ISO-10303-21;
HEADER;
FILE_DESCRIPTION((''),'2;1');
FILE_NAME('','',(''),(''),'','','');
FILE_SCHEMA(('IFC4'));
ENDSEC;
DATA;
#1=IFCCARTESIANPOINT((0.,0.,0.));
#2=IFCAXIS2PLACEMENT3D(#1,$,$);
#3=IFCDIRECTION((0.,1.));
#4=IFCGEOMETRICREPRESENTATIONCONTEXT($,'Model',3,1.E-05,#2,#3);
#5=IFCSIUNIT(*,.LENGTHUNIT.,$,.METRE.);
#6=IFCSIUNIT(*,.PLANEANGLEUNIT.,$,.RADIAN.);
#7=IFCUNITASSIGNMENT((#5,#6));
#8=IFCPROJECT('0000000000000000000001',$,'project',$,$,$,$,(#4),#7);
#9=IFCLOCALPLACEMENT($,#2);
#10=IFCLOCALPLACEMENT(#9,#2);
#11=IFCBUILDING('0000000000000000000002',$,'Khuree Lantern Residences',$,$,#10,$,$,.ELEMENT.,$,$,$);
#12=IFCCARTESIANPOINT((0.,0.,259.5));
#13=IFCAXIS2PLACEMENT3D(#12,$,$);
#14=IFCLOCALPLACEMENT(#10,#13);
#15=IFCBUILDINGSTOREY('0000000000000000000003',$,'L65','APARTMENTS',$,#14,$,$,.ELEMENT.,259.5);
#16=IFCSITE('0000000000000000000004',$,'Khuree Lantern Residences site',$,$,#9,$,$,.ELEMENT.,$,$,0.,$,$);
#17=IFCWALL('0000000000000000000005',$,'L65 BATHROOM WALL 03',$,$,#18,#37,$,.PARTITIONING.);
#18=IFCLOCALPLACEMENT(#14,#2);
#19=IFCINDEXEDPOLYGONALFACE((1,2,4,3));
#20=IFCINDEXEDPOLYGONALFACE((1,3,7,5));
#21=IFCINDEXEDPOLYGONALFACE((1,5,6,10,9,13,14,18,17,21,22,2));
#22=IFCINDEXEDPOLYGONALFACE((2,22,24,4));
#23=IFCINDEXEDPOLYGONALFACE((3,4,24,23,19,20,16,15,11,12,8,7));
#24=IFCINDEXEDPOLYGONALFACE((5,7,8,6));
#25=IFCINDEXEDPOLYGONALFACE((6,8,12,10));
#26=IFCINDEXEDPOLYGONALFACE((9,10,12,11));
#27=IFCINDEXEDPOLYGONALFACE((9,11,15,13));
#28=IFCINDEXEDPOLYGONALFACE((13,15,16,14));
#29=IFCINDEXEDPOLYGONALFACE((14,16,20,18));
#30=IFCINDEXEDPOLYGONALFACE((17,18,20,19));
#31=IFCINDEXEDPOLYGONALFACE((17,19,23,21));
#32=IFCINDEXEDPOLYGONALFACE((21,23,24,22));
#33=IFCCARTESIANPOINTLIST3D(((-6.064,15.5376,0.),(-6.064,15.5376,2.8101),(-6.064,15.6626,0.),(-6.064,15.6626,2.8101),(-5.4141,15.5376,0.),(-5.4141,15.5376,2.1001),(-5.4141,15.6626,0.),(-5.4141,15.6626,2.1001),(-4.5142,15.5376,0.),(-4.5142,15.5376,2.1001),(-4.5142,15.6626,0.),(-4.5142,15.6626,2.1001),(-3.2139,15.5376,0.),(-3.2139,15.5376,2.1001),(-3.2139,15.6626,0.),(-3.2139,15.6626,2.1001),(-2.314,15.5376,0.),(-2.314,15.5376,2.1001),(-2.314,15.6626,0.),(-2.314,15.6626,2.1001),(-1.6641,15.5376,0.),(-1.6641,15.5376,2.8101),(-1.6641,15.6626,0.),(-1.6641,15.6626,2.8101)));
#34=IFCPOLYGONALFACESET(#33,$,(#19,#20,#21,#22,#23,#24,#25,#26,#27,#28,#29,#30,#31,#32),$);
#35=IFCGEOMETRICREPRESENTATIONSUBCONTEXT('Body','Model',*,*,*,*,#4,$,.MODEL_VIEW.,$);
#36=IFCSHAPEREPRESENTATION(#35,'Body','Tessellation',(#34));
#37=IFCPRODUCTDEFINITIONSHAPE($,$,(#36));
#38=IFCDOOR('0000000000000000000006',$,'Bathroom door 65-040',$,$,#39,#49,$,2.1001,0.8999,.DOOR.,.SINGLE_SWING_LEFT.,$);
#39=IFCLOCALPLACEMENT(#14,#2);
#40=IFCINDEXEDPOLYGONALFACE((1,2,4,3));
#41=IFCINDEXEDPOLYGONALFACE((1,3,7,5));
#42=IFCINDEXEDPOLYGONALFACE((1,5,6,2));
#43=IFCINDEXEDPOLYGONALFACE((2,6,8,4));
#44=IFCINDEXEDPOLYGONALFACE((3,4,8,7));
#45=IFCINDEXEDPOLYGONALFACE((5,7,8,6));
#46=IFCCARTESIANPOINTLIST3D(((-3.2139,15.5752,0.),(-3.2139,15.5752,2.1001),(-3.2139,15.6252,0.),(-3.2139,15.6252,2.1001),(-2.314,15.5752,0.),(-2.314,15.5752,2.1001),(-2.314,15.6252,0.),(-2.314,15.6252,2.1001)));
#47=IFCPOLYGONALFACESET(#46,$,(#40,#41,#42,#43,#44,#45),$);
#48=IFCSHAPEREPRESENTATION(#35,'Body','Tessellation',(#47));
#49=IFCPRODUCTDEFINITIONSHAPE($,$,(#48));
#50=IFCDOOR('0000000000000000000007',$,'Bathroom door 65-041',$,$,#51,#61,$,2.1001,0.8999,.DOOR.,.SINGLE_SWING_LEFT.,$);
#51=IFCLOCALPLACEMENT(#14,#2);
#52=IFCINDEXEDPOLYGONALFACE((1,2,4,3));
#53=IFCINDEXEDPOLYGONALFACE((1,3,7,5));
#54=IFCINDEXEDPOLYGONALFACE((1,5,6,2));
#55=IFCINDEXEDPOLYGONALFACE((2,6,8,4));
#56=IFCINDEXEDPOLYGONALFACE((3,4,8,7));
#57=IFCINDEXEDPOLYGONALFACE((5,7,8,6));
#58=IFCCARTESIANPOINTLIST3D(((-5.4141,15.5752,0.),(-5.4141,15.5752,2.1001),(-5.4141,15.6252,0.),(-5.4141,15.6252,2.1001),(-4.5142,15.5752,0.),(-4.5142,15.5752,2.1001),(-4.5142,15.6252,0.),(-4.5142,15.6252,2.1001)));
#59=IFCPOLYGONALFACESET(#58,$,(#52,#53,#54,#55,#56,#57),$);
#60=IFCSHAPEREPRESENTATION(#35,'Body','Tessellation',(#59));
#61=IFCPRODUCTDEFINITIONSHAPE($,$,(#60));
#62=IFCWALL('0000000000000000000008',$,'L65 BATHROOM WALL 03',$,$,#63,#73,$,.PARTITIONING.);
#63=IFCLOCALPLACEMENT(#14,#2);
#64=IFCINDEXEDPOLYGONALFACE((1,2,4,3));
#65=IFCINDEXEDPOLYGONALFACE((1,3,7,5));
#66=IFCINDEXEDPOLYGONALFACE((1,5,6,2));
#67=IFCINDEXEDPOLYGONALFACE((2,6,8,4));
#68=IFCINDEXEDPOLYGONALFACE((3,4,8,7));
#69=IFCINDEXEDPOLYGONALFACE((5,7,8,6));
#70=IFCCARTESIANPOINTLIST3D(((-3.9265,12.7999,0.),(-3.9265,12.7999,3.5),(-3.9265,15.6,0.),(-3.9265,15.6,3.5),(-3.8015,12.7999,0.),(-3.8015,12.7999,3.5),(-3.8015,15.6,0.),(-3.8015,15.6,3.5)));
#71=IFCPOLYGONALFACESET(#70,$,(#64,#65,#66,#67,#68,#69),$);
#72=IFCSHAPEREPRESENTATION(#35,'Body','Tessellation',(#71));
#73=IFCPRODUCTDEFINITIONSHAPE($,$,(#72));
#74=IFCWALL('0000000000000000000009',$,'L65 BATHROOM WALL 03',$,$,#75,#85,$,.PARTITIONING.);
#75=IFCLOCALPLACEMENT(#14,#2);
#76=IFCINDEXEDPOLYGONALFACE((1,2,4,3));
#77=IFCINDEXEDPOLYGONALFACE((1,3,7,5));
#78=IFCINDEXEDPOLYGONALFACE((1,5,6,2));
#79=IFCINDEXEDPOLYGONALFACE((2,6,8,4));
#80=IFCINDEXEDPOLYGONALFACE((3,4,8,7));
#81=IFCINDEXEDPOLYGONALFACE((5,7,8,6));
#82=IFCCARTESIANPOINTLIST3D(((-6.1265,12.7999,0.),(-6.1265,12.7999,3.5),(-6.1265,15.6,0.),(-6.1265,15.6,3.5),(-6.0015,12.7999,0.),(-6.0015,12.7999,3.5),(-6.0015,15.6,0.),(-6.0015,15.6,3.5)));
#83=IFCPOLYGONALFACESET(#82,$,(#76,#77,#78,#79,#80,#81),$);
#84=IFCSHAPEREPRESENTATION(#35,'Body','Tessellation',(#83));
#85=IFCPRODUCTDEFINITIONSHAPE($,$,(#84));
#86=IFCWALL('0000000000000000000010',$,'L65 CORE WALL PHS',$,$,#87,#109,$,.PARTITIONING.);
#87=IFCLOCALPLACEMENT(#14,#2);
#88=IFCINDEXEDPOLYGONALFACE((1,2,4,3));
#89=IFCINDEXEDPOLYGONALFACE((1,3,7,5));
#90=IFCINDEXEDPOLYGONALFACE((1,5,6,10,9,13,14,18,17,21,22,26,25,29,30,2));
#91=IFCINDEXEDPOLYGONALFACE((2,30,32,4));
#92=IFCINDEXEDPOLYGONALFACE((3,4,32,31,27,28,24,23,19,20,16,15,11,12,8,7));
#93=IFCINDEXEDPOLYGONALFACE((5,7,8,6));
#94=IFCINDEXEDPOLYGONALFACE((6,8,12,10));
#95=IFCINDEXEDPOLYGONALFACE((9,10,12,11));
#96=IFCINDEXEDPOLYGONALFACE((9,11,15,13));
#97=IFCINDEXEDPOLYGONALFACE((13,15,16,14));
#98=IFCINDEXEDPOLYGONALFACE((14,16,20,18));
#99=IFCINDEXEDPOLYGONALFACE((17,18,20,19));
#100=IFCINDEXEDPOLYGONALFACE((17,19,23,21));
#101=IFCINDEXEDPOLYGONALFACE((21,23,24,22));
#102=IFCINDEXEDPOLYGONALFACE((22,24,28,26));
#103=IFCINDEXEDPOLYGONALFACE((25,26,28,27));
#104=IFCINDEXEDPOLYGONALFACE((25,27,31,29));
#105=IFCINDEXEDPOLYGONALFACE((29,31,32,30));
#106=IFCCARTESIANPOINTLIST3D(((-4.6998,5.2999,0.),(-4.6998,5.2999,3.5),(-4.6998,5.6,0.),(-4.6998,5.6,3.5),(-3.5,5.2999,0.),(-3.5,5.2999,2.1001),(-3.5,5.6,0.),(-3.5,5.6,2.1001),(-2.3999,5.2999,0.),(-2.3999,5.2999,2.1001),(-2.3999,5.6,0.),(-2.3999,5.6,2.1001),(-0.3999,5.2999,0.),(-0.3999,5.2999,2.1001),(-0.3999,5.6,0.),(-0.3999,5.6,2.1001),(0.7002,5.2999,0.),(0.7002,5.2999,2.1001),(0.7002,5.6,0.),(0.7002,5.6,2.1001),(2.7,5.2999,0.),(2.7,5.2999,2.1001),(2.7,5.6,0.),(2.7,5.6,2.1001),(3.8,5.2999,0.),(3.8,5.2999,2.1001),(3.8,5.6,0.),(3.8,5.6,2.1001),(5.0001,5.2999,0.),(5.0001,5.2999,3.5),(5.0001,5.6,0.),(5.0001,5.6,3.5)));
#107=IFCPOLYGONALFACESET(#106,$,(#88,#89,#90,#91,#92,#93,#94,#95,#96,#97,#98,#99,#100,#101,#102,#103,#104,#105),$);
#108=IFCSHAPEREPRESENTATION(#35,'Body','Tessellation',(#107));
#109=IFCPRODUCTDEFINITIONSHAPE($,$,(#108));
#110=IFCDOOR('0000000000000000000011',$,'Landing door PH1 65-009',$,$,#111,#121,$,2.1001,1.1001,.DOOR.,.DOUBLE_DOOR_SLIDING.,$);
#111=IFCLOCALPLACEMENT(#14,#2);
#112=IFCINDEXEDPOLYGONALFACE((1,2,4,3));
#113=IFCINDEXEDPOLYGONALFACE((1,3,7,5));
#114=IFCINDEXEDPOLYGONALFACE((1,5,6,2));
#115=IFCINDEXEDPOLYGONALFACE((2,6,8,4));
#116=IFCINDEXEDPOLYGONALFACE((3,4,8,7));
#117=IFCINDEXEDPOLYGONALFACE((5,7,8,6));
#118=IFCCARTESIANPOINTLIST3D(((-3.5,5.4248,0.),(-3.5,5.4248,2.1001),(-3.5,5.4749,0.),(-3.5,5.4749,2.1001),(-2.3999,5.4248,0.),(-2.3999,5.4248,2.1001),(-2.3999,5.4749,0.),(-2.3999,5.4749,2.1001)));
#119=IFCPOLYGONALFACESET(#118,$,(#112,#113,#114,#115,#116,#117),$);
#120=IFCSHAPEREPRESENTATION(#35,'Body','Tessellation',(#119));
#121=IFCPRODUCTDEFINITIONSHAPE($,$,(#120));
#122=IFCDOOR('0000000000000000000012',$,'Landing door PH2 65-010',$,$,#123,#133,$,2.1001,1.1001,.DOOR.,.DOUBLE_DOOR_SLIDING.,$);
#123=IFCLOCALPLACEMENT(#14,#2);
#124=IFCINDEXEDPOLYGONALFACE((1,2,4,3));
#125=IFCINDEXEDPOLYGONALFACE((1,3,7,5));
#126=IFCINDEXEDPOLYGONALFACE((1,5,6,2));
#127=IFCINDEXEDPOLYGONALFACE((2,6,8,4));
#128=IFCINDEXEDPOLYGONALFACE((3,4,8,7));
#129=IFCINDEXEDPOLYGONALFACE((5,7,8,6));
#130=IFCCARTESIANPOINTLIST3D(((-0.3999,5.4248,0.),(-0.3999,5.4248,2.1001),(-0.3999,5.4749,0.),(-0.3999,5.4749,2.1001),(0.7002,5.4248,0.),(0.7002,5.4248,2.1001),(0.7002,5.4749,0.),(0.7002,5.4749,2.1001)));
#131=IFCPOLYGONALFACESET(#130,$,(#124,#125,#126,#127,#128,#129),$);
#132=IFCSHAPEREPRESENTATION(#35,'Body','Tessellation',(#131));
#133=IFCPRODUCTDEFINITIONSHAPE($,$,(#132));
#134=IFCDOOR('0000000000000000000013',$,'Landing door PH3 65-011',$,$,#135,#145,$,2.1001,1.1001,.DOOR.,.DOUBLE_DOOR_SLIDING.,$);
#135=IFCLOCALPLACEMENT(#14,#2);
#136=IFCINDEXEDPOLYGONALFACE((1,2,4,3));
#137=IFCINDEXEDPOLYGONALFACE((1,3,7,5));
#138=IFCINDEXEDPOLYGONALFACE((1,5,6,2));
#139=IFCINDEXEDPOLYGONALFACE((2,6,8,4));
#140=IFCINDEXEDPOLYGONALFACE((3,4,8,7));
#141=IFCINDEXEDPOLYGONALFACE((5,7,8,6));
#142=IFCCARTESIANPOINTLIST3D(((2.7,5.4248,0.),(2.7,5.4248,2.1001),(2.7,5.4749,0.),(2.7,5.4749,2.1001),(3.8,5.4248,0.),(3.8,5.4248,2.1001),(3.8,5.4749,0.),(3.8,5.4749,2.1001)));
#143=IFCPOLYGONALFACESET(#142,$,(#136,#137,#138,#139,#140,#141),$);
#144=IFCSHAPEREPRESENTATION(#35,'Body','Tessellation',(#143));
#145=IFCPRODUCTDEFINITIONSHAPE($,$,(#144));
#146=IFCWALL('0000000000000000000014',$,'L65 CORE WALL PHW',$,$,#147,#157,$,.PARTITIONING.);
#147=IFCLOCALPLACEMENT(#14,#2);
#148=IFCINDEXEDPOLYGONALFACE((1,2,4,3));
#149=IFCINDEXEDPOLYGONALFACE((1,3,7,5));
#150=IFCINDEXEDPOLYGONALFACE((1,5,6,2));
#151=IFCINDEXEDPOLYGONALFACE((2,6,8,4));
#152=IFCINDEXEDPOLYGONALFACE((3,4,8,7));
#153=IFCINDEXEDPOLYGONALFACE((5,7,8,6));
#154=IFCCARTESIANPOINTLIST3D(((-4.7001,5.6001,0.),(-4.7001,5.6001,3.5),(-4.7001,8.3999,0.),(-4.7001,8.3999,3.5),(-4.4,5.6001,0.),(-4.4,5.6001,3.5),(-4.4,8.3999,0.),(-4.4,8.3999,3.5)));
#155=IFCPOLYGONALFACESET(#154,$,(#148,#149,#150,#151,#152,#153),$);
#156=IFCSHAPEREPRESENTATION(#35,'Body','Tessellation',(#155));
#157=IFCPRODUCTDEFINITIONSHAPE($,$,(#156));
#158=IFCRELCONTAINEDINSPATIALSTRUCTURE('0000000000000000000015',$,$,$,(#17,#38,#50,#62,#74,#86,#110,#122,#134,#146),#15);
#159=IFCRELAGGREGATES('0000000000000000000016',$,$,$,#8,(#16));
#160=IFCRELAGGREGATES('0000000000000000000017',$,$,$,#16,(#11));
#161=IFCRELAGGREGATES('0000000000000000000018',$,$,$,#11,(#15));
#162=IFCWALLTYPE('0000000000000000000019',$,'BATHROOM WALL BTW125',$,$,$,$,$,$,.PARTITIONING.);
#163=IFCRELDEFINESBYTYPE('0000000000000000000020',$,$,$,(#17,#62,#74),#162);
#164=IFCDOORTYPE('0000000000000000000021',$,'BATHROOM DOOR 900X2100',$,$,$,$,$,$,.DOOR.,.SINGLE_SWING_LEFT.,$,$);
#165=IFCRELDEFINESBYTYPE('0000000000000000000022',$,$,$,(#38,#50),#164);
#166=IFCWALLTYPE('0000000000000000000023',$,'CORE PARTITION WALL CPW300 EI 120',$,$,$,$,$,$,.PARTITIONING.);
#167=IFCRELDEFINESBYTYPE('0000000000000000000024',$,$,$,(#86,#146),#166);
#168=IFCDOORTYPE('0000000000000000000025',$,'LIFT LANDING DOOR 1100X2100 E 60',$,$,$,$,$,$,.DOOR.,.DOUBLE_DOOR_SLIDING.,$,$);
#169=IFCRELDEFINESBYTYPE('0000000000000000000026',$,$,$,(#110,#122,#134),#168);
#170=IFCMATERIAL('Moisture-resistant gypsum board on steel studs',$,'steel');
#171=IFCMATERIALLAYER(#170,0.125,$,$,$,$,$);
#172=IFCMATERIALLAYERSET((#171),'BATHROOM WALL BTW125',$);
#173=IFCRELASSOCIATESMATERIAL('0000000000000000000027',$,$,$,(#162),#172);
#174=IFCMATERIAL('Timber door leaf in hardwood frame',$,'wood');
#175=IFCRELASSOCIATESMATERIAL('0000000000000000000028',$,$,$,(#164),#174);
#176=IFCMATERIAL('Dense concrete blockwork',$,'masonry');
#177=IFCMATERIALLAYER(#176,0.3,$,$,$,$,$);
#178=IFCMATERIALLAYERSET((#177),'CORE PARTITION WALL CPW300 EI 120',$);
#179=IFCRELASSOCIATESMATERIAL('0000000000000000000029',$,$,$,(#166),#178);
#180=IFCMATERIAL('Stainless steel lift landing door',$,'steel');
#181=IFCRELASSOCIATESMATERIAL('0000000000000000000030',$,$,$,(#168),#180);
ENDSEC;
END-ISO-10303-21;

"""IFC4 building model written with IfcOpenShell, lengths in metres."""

from ifc_helpers import new_model, si_unit, direction, frame, frame_2d, origin, place, context, subcontext, project, spatial, rectangle, extrude, material, layer, layer_set, type_object, element, fill, save


model = new_model("IFC4")

# Units and contexts
model_context = context("Model", 3, precision=1e-05, world=origin(), true_north=direction((0.0, 1.0)))
body_context = subcontext(model_context, "Body", "Model", "MODEL_VIEW")
ifc_project = project(units=[si_unit("LENGTHUNIT", "METRE"), si_unit("PLANEANGLEUNIT", "RADIAN")], contexts=[model_context])

# Site, building, storey
site_placement = place(None, origin())
site = spatial("IfcSite", under=ifc_project, at=site_placement, Name="Khuree Lantern Residences site", CompositionType="ELEMENT", RefElevation=0.0)
building_placement = place(site_placement, origin())
building = spatial("IfcBuilding", under=site, at=building_placement, Name="Khuree Lantern Residences", CompositionType="ELEMENT")
storey_placement = place(building_placement, frame((0.0, 0.0, 259.5)))
storey = spatial("IfcBuildingStorey", under=building, at=storey_placement, Name="L65", Description="APARTMENTS", CompositionType="ELEMENT", Elevation=259.5)

# Wall, openings, doors
ifc_material_1 = material(Name="Moisture-resistant gypsum board on steel studs", Category="steel")
ifc_layer_1 = layer(ifc_material_1, 0.125)
ifc_layer_set_1 = layer_set([ifc_layer_1], Name="BATHROOM WALL BTW125")
wall_type_1 = type_object("IfcWallType", Name="BATHROOM WALL BTW125", PredefinedType="PARTITIONING", material=ifc_layer_set_1)
wall_1_placement = place(storey_placement, frame((-1.6641, 15.6001, 0.0), z_axis=(0.0, 0.0, 1.0), x_axis=(-1.0, 0.0, 0.0)))
wall_1 = element("IfcWall", 1, at=wall_1_placement, inside=storey, type_object=wall_type_1, Name="L65 BATHROOM WALL 03", PredefinedType="PARTITIONING", context=body_context, shape_type="SweptSolid", body=[
    extrude(rectangle(XDim=4.3999, YDim=0.125, at=frame_2d((2.2, 0.0))), origin(), (0.0, 0.0, 1.0), 2.8101),
])
opening_1_placement = place(wall_1_placement, frame((0.6499, 0.0, 0.0)))
opening_1 = element("IfcOpeningElement", 2, at=opening_1_placement, cuts=wall_1, PredefinedType="OPENING", context=body_context, shape_type="SweptSolid", body=[
    extrude(rectangle(XDim=0.8999, YDim=2.1001, at=frame_2d((0.45, 1.05))), frame((0.0, 0.0725, 0.0), z_axis=(0.0, -1.0, 0.0), x_axis=(1.0, 0.0, 0.0)), (0.0, 0.0, 1.0), 0.145),
])
opening_2_placement = place(wall_1_placement, frame((2.8501, 0.0, 0.0)))
opening_2 = element("IfcOpeningElement", 3, at=opening_2_placement, cuts=wall_1, PredefinedType="OPENING", context=body_context, shape_type="SweptSolid", body=[
    extrude(rectangle(XDim=0.8999, YDim=2.1001, at=frame_2d((0.45, 1.05))), frame((0.0, 0.0725, 0.0), z_axis=(0.0, -1.0, 0.0), x_axis=(1.0, 0.0, 0.0)), (0.0, 0.0, 1.0), 0.145),
])
ifc_material_2 = material(Name="Timber door leaf in hardwood frame", Category="wood")
door_type_1 = type_object("IfcDoorType", Name="BATHROOM DOOR 900X2100", OperationType="SINGLE_SWING_LEFT", PredefinedType="DOOR", material=ifc_material_2)
door_1_placement = place(opening_1_placement, origin())
door_1 = element("IfcDoor", 4, at=door_1_placement, inside=storey, type_object=door_type_1, Name="Bathroom door 65-040", OperationType="SINGLE_SWING_LEFT", OverallHeight=2.1001, OverallWidth=0.8999, PredefinedType="DOOR", context=body_context, shape_type="SweptSolid", body=[
    extrude(rectangle(XDim=0.8999, YDim=2.1001, at=frame_2d((0.45, 1.05))), frame((0.0, 0.0249, 0.0), z_axis=(0.0, -1.0, 0.0), x_axis=(1.0, 0.0, 0.0)), (0.0, 0.0, 1.0), 0.05),
])
fill(opening_1, door_1)
door_2_placement = place(opening_2_placement, origin())
door_2 = element("IfcDoor", 5, at=door_2_placement, inside=storey, type_object=door_type_1, Name="Bathroom door 65-041", OperationType="SINGLE_SWING_LEFT", OverallHeight=2.1001, OverallWidth=0.8999, PredefinedType="DOOR", context=body_context, shape_type="SweptSolid", body=[
    extrude(rectangle(XDim=0.8999, YDim=2.1001, at=frame_2d((0.45, 1.05))), frame((0.0, 0.0249, 0.0), z_axis=(0.0, -1.0, 0.0), x_axis=(1.0, 0.0, 0.0)), (0.0, 0.0, 1.0), 0.05),
])
fill(opening_2, door_2)

# Walls
for number, where, z_axis, x_axis, name in (
    (6, (-3.864, 12.8, 0.0), (0.0, 0.0, 1.0), (0.0, 1.0, 0.0), "L65 BATHROOM WALL 03"),
    (7, (-6.064, 12.8, 0.0), (0.0, 0.0, 1.0), (0.0, 1.0, 0.0), "L65 BATHROOM WALL 03"),
):
    element("IfcWall", number, at=place(storey_placement, frame(where, z_axis=z_axis, x_axis=x_axis)), inside=storey, type_object=wall_type_1, Name=name, PredefinedType="PARTITIONING", context=body_context, shape_type="SweptSolid", body=[
        extrude(rectangle(XDim=2.8, YDim=0.125, at=frame_2d((1.3999, 0.0))), origin(), (0.0, 0.0, 1.0), 3.5),
    ])

# Wall, openings, doors
ifc_material_3 = material(Name="Dense concrete blockwork", Category="masonry")
ifc_layer_2 = layer(ifc_material_3, 0.3)
ifc_layer_set_2 = layer_set([ifc_layer_2], Name="CORE PARTITION WALL CPW300 EI 120")
wall_type_2 = type_object("IfcWallType", Name="CORE PARTITION WALL CPW300 EI 120", PredefinedType="PARTITIONING", material=ifc_layer_set_2)
wall_2_placement = place(storey_placement, frame((-4.7, 5.45, 0.0), z_axis=(0.0, 0.0, 1.0), x_axis=(1.0, 0.0, 0.0)))
wall_2 = element("IfcWall", 8, at=wall_2_placement, inside=storey, type_object=wall_type_2, Name="L65 CORE WALL PHS", PredefinedType="PARTITIONING", context=body_context, shape_type="SweptSolid", body=[
    extrude(rectangle(XDim=9.7, YDim=0.3, at=frame_2d((4.8501, 0.0))), origin(), (0.0, 0.0, 1.0), 3.5),
])
opening_3_placement = place(wall_2_placement, frame((1.2, 0.0, 0.0)))
opening_3 = element("IfcOpeningElement", 9, at=opening_3_placement, cuts=wall_2, PredefinedType="OPENING", context=body_context, shape_type="SweptSolid", body=[
    extrude(rectangle(XDim=1.1001, YDim=2.1001, at=frame_2d((0.55, 1.05))), frame((0.0, 0.1602, 0.0), z_axis=(0.0, -1.0, 0.0), x_axis=(1.0, 0.0, 0.0)), (0.0, 0.0, 1.0), 0.3201),
])
opening_4_placement = place(wall_2_placement, frame((4.3, 0.0, 0.0)))
opening_4 = element("IfcOpeningElement", 10, at=opening_4_placement, cuts=wall_2, PredefinedType="OPENING", context=body_context, shape_type="SweptSolid", body=[
    extrude(rectangle(XDim=1.1001, YDim=2.1001, at=frame_2d((0.55, 1.05))), frame((0.0, 0.1602, 0.0), z_axis=(0.0, -1.0, 0.0), x_axis=(1.0, 0.0, 0.0)), (0.0, 0.0, 1.0), 0.3201),
])
opening_5_placement = place(wall_2_placement, frame((7.3999, 0.0, 0.0)))
opening_5 = element("IfcOpeningElement", 11, at=opening_5_placement, cuts=wall_2, PredefinedType="OPENING", context=body_context, shape_type="SweptSolid", body=[
    extrude(rectangle(XDim=1.1001, YDim=2.1001, at=frame_2d((0.55, 1.05))), frame((0.0, 0.1602, 0.0), z_axis=(0.0, -1.0, 0.0), x_axis=(1.0, 0.0, 0.0)), (0.0, 0.0, 1.0), 0.3201),
])
ifc_material_4 = material(Name="Stainless steel lift landing door", Category="steel")
door_type_2 = type_object("IfcDoorType", Name="LIFT LANDING DOOR 1100X2100 E 60", OperationType="DOUBLE_DOOR_SLIDING", PredefinedType="DOOR", material=ifc_material_4)
door_3_placement = place(opening_3_placement, origin())
door_3 = element("IfcDoor", 12, at=door_3_placement, inside=storey, type_object=door_type_2, Name="Landing door PH1 65-009", OperationType="DOUBLE_DOOR_SLIDING", OverallHeight=2.1001, OverallWidth=1.1001, PredefinedType="DOOR", context=body_context, shape_type="SweptSolid", body=[
    extrude(rectangle(XDim=1.1001, YDim=2.1001, at=frame_2d((0.55, 1.05))), frame((0.0, 0.0249, 0.0), z_axis=(0.0, -1.0, 0.0), x_axis=(1.0, 0.0, 0.0)), (0.0, 0.0, 1.0), 0.05),
])
fill(opening_3, door_3)
door_4_placement = place(opening_4_placement, origin())
door_4 = element("IfcDoor", 13, at=door_4_placement, inside=storey, type_object=door_type_2, Name="Landing door PH2 65-010", OperationType="DOUBLE_DOOR_SLIDING", OverallHeight=2.1001, OverallWidth=1.1001, PredefinedType="DOOR", context=body_context, shape_type="SweptSolid", body=[
    extrude(rectangle(XDim=1.1001, YDim=2.1001, at=frame_2d((0.55, 1.05))), frame((0.0, 0.0249, 0.0), z_axis=(0.0, -1.0, 0.0), x_axis=(1.0, 0.0, 0.0)), (0.0, 0.0, 1.0), 0.05),
])
fill(opening_4, door_4)
door_5_placement = place(opening_5_placement, origin())
door_5 = element("IfcDoor", 14, at=door_5_placement, inside=storey, type_object=door_type_2, Name="Landing door PH3 65-011", OperationType="DOUBLE_DOOR_SLIDING", OverallHeight=2.1001, OverallWidth=1.1001, PredefinedType="DOOR", context=body_context, shape_type="SweptSolid", body=[
    extrude(rectangle(XDim=1.1001, YDim=2.1001, at=frame_2d((0.55, 1.05))), frame((0.0, 0.0249, 0.0), z_axis=(0.0, -1.0, 0.0), x_axis=(1.0, 0.0, 0.0)), (0.0, 0.0, 1.0), 0.05),
])
fill(opening_5, door_5)

# Wall
wall_3_placement = place(storey_placement, frame((-4.55, 5.6001, 0.0), z_axis=(0.0, 0.0, 1.0), x_axis=(0.0, 1.0, 0.0)))
element("IfcWall", 15, at=wall_3_placement, inside=storey, type_object=wall_type_2, Name="L65 CORE WALL PHW", PredefinedType="PARTITIONING", context=body_context, shape_type="SweptSolid", body=[
    extrude(rectangle(XDim=2.7998, YDim=0.3, at=frame_2d((1.3999, 0.0))), origin(), (0.0, 0.0, 1.0), 3.5),
])

save(model, "model.ifc")
